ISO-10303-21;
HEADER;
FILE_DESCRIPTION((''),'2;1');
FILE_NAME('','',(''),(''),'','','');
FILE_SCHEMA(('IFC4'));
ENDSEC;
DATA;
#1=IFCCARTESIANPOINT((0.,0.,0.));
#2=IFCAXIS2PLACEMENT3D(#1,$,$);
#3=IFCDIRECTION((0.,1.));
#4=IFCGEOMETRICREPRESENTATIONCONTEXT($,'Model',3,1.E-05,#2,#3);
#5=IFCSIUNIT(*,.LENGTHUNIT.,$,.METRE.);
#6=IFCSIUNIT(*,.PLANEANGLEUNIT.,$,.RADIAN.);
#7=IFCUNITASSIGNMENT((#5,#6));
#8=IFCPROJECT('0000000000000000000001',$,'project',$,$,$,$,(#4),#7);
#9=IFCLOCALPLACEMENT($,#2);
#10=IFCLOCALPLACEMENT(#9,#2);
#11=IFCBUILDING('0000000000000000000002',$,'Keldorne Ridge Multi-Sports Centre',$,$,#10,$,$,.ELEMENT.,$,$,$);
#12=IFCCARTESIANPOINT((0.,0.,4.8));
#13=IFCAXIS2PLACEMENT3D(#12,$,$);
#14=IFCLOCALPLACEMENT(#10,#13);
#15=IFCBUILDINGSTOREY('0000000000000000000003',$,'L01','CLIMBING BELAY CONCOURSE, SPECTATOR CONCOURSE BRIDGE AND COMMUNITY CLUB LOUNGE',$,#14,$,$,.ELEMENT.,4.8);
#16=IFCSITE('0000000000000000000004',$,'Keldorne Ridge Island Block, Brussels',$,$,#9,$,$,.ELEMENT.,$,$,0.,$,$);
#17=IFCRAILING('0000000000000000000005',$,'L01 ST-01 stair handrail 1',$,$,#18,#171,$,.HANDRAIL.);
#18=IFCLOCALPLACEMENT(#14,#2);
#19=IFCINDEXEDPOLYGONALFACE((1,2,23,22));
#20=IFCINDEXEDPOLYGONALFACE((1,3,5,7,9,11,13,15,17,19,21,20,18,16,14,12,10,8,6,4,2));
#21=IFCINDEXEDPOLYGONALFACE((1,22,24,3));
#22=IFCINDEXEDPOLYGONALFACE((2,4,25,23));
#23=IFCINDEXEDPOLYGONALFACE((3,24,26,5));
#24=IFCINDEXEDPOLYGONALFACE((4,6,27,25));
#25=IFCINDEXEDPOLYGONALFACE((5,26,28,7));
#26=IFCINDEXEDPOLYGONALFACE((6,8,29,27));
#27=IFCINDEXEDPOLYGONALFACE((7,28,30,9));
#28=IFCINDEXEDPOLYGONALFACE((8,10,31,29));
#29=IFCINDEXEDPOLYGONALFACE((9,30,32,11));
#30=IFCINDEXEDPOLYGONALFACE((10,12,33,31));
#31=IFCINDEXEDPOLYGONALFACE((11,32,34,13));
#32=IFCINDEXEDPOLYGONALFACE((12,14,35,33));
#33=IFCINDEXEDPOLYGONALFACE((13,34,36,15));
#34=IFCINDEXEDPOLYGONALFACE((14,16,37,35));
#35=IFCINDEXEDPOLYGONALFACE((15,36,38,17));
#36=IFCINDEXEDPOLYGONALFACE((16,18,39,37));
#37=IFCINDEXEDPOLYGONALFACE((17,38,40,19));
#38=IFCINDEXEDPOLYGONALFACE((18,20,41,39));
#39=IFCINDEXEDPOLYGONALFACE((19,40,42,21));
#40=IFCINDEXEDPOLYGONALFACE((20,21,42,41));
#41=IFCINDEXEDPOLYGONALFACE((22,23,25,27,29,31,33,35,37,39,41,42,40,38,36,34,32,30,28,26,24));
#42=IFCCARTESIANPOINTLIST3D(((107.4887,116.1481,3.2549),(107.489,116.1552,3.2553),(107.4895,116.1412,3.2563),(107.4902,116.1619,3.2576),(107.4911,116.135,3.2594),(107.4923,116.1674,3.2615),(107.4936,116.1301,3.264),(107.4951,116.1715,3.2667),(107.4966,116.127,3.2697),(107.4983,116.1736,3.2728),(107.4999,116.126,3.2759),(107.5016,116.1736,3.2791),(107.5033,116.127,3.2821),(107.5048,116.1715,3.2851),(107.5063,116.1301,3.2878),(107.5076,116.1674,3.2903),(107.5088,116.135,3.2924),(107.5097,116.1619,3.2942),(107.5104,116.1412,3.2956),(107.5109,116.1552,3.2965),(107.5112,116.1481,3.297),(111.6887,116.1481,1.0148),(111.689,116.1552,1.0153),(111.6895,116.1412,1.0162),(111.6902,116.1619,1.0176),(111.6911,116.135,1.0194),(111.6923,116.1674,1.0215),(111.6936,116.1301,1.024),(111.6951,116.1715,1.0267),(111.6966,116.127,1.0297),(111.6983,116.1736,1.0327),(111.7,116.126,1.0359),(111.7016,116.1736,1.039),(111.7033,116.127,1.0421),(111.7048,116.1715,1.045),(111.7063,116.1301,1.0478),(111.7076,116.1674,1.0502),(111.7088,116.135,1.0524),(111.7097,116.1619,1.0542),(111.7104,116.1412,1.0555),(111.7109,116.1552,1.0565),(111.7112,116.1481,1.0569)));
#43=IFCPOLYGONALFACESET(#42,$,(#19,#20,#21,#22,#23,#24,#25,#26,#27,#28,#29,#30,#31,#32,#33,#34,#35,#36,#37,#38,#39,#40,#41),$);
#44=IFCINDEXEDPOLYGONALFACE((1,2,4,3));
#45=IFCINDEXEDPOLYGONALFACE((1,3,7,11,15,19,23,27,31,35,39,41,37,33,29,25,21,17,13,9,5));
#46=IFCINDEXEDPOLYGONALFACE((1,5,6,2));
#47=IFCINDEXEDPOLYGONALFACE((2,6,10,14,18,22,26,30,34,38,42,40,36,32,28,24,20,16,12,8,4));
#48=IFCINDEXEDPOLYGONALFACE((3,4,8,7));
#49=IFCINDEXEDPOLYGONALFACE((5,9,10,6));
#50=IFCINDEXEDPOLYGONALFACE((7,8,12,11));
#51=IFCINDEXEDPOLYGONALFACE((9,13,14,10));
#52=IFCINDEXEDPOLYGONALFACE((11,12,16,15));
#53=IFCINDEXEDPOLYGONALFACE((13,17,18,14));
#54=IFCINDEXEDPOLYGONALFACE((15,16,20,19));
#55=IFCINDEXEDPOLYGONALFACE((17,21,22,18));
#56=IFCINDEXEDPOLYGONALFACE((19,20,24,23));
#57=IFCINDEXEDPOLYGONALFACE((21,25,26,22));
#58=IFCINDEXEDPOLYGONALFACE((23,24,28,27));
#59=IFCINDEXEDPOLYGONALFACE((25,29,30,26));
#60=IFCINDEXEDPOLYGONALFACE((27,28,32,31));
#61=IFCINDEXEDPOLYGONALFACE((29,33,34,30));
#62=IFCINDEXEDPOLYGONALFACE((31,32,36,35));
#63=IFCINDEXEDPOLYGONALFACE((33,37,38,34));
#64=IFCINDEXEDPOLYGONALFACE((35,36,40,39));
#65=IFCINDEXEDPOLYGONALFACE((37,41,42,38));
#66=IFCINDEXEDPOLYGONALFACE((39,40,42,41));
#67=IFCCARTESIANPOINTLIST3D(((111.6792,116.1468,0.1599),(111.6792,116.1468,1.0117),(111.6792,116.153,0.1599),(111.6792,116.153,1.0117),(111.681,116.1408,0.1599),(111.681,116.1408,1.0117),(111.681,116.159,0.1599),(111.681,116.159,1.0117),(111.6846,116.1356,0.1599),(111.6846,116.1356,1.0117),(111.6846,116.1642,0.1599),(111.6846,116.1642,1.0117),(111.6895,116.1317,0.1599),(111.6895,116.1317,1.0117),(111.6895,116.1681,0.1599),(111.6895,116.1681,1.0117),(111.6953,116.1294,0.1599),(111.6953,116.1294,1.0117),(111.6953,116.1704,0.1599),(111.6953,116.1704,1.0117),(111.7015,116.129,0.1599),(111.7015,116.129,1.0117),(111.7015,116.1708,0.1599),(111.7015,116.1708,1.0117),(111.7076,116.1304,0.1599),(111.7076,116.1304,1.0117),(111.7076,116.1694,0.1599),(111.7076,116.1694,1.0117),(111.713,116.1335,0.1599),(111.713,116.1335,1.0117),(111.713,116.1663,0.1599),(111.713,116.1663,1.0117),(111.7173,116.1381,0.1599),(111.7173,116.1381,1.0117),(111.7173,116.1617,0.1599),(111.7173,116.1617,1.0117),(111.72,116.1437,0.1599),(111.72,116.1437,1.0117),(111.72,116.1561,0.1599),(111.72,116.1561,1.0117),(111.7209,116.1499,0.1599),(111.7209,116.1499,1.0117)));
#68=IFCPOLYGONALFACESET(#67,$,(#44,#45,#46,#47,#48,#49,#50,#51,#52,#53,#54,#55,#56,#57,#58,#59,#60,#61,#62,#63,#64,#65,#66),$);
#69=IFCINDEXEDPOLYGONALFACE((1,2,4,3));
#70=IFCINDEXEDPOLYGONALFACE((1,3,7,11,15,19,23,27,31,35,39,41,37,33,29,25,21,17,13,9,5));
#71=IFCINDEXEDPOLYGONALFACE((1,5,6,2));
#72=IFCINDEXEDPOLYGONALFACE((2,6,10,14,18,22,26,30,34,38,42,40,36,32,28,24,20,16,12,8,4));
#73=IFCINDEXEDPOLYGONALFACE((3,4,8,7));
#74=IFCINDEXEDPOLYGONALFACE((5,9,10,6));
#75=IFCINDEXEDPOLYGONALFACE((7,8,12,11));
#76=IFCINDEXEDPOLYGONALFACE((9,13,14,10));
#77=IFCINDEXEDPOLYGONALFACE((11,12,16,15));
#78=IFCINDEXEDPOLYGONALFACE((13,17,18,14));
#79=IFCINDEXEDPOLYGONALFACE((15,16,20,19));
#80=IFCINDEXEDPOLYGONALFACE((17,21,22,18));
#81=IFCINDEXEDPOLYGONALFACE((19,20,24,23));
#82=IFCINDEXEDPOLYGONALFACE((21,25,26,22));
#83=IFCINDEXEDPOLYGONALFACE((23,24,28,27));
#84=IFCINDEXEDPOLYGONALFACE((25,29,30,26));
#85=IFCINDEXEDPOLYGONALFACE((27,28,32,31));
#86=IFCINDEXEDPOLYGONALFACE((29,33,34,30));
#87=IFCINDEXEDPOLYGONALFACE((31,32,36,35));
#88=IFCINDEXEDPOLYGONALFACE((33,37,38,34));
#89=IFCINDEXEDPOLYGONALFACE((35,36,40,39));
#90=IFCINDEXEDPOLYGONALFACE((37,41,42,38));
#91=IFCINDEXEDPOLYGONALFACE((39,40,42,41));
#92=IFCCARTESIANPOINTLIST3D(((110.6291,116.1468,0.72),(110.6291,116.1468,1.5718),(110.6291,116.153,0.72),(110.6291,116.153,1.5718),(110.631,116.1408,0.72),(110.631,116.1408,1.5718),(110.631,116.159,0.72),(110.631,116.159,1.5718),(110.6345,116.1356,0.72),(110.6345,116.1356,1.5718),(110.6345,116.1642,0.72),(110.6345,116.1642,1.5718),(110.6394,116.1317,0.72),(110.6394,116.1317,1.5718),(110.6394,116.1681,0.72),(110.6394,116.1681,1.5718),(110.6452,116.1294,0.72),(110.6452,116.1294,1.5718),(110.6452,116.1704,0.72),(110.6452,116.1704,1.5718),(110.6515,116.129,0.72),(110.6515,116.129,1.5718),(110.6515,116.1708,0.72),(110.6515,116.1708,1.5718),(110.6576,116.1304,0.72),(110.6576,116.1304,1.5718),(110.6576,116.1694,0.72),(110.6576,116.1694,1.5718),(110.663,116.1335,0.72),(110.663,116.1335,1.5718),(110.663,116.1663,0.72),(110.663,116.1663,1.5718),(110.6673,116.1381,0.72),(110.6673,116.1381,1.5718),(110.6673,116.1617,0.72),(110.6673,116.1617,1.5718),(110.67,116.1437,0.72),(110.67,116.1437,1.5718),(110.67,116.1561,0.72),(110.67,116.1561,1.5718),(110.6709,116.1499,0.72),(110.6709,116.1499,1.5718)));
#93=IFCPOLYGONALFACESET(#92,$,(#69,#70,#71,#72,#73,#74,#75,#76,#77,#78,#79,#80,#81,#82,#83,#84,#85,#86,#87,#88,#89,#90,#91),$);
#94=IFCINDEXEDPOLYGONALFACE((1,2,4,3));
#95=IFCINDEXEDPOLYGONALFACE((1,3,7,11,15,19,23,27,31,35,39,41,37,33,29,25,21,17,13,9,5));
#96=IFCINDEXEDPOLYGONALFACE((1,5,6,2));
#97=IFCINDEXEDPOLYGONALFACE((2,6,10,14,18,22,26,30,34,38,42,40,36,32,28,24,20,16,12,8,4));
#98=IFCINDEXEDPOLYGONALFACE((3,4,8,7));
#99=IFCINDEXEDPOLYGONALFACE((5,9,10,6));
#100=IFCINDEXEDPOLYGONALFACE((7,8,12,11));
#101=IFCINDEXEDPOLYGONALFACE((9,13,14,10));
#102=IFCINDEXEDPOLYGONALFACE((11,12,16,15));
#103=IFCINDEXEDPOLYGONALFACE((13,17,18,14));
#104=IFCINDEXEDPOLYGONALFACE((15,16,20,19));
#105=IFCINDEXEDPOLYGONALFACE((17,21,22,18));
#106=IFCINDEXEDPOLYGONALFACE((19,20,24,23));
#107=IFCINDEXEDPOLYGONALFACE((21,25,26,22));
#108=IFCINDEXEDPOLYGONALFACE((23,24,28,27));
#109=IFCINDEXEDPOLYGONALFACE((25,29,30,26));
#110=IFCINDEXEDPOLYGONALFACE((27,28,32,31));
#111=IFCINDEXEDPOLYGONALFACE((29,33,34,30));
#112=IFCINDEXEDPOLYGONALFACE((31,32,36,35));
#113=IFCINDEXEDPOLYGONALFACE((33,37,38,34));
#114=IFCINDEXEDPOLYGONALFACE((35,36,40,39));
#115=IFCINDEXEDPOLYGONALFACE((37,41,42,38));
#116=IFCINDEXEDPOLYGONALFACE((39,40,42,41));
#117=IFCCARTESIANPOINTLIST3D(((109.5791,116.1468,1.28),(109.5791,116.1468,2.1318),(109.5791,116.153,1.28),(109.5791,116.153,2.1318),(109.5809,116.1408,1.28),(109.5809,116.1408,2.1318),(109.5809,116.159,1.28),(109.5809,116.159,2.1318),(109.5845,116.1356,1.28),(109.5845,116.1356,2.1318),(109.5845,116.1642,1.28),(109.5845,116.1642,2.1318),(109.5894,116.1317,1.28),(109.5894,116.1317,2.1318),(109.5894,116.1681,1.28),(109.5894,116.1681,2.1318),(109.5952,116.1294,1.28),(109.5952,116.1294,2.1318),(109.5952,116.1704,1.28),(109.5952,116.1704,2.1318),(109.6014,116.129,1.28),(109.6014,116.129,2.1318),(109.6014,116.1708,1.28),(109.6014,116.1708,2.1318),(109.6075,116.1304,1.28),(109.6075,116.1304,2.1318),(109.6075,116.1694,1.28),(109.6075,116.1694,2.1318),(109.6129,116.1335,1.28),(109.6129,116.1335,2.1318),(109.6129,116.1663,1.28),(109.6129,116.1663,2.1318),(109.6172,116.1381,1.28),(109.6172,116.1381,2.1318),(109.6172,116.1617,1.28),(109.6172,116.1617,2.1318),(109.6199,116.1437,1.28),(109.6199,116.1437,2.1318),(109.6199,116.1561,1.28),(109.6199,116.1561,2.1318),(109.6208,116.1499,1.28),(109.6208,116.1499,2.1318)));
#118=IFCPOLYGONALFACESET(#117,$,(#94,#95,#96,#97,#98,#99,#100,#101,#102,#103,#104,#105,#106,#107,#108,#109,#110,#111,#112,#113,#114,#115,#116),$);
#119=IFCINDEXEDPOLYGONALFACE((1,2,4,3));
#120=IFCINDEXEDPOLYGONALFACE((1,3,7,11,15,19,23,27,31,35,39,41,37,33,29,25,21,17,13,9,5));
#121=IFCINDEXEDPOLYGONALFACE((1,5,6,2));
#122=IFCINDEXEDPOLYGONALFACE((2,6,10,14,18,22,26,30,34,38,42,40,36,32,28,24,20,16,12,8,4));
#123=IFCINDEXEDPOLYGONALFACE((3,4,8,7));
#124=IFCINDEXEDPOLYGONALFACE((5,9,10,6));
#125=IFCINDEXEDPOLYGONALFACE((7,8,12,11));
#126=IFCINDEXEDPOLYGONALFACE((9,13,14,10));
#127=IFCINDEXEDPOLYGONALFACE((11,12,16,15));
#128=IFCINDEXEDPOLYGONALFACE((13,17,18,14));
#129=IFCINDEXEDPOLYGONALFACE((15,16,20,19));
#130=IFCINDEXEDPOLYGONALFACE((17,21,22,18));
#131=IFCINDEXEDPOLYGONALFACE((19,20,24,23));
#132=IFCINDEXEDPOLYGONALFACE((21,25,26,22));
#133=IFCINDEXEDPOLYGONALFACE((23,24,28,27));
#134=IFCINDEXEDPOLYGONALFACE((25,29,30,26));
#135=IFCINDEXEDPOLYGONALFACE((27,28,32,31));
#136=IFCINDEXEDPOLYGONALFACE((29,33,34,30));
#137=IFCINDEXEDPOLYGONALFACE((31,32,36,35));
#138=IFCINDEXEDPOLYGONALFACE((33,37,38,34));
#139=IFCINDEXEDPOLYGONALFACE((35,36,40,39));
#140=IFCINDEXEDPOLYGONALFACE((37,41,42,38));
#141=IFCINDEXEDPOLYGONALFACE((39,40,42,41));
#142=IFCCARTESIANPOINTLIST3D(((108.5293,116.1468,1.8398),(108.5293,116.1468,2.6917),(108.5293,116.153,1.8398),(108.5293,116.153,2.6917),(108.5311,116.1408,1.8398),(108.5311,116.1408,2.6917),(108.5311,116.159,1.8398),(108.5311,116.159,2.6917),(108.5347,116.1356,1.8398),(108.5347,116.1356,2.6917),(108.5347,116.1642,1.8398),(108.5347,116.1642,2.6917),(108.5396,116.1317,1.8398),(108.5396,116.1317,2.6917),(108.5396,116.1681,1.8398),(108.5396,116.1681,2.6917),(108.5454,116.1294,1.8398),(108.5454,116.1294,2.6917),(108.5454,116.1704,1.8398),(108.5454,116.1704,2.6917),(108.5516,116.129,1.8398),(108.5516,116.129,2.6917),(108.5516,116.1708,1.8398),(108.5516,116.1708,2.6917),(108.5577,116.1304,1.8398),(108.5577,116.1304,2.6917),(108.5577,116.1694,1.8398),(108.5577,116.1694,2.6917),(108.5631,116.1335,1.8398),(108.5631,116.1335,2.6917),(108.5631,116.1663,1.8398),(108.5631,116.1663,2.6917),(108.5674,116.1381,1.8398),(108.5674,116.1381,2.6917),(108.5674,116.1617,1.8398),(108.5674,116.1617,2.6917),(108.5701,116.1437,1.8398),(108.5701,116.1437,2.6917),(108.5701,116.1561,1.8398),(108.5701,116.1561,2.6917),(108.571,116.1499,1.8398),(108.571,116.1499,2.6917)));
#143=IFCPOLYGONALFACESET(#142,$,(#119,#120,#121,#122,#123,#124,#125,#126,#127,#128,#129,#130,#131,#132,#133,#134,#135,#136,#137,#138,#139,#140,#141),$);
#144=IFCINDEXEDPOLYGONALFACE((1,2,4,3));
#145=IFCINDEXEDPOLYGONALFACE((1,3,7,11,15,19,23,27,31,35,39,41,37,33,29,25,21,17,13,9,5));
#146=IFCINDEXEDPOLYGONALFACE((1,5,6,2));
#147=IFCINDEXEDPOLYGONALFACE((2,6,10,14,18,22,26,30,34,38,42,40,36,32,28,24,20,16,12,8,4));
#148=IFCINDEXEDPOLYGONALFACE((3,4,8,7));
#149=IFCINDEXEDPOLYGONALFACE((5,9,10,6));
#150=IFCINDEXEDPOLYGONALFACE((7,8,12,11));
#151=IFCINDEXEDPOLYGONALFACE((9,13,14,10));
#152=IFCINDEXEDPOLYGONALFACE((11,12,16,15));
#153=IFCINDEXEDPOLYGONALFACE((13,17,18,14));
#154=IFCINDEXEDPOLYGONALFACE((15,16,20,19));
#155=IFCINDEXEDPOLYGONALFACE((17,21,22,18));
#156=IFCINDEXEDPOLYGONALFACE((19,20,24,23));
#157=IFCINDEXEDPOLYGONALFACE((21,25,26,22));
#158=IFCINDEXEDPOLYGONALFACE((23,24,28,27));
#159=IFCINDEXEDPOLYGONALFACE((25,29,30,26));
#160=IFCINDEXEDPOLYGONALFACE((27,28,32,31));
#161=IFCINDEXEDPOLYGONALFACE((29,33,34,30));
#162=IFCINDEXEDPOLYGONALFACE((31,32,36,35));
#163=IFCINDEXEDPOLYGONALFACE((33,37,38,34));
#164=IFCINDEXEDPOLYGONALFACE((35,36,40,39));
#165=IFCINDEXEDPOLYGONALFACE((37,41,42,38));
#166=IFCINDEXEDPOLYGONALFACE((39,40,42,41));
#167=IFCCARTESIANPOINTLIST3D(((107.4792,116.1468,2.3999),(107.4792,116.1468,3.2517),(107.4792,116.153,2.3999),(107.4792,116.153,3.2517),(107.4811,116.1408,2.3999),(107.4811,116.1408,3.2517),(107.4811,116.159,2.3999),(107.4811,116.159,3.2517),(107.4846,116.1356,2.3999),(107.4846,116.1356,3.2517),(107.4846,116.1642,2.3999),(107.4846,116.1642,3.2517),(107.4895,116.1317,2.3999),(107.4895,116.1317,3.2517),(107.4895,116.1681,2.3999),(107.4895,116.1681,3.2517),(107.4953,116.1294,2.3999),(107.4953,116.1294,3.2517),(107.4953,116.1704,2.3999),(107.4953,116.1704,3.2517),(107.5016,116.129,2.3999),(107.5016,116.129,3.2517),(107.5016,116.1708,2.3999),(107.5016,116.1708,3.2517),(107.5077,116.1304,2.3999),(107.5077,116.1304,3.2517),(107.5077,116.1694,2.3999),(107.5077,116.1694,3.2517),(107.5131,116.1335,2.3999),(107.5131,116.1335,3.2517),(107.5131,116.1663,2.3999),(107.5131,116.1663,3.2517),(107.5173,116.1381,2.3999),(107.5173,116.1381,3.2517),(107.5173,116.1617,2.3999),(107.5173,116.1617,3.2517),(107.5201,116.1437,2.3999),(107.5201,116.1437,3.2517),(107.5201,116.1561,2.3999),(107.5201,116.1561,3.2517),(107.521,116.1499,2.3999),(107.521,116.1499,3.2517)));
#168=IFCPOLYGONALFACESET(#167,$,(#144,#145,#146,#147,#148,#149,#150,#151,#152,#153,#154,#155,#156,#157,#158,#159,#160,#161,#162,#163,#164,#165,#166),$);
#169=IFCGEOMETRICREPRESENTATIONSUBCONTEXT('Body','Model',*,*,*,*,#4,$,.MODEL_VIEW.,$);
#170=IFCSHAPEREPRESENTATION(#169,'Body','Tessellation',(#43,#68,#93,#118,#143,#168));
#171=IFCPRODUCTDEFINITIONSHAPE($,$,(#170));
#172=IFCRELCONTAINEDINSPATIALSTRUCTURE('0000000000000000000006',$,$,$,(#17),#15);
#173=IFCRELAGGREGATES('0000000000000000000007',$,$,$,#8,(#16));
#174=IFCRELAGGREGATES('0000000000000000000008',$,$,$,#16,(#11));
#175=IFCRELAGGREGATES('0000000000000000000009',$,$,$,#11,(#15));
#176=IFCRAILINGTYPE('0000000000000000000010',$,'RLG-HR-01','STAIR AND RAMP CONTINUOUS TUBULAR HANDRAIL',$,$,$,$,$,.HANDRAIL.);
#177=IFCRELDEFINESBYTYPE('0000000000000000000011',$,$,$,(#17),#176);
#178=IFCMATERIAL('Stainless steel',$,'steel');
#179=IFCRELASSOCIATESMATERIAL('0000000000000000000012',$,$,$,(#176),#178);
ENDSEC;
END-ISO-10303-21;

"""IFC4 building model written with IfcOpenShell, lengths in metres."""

from ifc_helpers import new_model, si_unit, direction, frame, origin, origin_2d, place, context, subcontext, project, spatial, circle, extrude, material, type_object, element, save


model = new_model("IFC4")

# Units and contexts
model_context = context("Model", 3, precision=1e-05, world=origin(), true_north=direction((0.0, 1.0)))
body_context = subcontext(model_context, "Body", "Model", "MODEL_VIEW")
ifc_project = project(units=[si_unit("LENGTHUNIT", "METRE"), si_unit("PLANEANGLEUNIT", "RADIAN")], contexts=[model_context])

# Site, building, storey
site_placement = place(None, origin())
site = spatial("IfcSite", under=ifc_project, at=site_placement, Name="Keldorne Ridge Island Block, Brussels", CompositionType="ELEMENT", RefElevation=0.0)
building_placement = place(site_placement, origin())
building = spatial("IfcBuilding", under=site, at=building_placement, Name="Keldorne Ridge Multi-Sports Centre", CompositionType="ELEMENT")
storey_placement = place(building_placement, frame((0.0, 0.0, 4.8)))
storey = spatial("IfcBuildingStorey", under=building, at=storey_placement, Name="L01", Description="CLIMBING BELAY CONCOURSE, SPECTATOR CONCOURSE BRIDGE AND COMMUNITY CLUB LOUNGE", CompositionType="ELEMENT", Elevation=4.8)

# Shared definitions
ifc_material_1 = material(Name="Stainless steel", Category="steel")

# Railing
railing_type_1 = type_object("IfcRailingType", Name="RLG-HR-01", Description="STAIR AND RAMP CONTINUOUS TUBULAR HANDRAIL", PredefinedType="HANDRAIL", material=ifc_material_1)
railing_1_placement = place(storey_placement, frame((111.7, 116.1499, 0.1599)))
element("IfcRailing", 1, at=railing_1_placement, inside=storey, type_object=railing_type_1, Name="L01 ST-01 stair handrail 1", PredefinedType="HANDRAIL", context=body_context, shape_type="SweptSolid", body=[
    extrude(circle(Radius=0.0239, at=origin_2d()), frame((0.0, 0.0, 0.876), z_axis=(-0.882352, 0.0, 0.470591), x_axis=(0.0, -1.0, 0.0)), (0.0, 0.0, 1.0), 4.76),
    extrude(circle(Radius=0.021, at=origin_2d()), origin(), (0.0, 0.0, 1.0), 0.8518),
    extrude(circle(Radius=0.021, at=origin_2d()), frame((-1.05, 0.0, 0.5601)), (0.0, 0.0, 1.0), 0.8518),
    extrude(circle(Radius=0.021, at=origin_2d()), frame((-2.1001, 0.0, 1.1201)), (0.0, 0.0, 1.0), 0.8518),
    extrude(circle(Radius=0.021, at=origin_2d()), frame((-3.1499, 0.0, 1.6799)), (0.0, 0.0, 1.0), 0.8518),
    extrude(circle(Radius=0.021, at=origin_2d()), frame((-4.2, 0.0, 2.24)), (0.0, 0.0, 1.0), 0.8518),
])

save(model, "model.ifc")
